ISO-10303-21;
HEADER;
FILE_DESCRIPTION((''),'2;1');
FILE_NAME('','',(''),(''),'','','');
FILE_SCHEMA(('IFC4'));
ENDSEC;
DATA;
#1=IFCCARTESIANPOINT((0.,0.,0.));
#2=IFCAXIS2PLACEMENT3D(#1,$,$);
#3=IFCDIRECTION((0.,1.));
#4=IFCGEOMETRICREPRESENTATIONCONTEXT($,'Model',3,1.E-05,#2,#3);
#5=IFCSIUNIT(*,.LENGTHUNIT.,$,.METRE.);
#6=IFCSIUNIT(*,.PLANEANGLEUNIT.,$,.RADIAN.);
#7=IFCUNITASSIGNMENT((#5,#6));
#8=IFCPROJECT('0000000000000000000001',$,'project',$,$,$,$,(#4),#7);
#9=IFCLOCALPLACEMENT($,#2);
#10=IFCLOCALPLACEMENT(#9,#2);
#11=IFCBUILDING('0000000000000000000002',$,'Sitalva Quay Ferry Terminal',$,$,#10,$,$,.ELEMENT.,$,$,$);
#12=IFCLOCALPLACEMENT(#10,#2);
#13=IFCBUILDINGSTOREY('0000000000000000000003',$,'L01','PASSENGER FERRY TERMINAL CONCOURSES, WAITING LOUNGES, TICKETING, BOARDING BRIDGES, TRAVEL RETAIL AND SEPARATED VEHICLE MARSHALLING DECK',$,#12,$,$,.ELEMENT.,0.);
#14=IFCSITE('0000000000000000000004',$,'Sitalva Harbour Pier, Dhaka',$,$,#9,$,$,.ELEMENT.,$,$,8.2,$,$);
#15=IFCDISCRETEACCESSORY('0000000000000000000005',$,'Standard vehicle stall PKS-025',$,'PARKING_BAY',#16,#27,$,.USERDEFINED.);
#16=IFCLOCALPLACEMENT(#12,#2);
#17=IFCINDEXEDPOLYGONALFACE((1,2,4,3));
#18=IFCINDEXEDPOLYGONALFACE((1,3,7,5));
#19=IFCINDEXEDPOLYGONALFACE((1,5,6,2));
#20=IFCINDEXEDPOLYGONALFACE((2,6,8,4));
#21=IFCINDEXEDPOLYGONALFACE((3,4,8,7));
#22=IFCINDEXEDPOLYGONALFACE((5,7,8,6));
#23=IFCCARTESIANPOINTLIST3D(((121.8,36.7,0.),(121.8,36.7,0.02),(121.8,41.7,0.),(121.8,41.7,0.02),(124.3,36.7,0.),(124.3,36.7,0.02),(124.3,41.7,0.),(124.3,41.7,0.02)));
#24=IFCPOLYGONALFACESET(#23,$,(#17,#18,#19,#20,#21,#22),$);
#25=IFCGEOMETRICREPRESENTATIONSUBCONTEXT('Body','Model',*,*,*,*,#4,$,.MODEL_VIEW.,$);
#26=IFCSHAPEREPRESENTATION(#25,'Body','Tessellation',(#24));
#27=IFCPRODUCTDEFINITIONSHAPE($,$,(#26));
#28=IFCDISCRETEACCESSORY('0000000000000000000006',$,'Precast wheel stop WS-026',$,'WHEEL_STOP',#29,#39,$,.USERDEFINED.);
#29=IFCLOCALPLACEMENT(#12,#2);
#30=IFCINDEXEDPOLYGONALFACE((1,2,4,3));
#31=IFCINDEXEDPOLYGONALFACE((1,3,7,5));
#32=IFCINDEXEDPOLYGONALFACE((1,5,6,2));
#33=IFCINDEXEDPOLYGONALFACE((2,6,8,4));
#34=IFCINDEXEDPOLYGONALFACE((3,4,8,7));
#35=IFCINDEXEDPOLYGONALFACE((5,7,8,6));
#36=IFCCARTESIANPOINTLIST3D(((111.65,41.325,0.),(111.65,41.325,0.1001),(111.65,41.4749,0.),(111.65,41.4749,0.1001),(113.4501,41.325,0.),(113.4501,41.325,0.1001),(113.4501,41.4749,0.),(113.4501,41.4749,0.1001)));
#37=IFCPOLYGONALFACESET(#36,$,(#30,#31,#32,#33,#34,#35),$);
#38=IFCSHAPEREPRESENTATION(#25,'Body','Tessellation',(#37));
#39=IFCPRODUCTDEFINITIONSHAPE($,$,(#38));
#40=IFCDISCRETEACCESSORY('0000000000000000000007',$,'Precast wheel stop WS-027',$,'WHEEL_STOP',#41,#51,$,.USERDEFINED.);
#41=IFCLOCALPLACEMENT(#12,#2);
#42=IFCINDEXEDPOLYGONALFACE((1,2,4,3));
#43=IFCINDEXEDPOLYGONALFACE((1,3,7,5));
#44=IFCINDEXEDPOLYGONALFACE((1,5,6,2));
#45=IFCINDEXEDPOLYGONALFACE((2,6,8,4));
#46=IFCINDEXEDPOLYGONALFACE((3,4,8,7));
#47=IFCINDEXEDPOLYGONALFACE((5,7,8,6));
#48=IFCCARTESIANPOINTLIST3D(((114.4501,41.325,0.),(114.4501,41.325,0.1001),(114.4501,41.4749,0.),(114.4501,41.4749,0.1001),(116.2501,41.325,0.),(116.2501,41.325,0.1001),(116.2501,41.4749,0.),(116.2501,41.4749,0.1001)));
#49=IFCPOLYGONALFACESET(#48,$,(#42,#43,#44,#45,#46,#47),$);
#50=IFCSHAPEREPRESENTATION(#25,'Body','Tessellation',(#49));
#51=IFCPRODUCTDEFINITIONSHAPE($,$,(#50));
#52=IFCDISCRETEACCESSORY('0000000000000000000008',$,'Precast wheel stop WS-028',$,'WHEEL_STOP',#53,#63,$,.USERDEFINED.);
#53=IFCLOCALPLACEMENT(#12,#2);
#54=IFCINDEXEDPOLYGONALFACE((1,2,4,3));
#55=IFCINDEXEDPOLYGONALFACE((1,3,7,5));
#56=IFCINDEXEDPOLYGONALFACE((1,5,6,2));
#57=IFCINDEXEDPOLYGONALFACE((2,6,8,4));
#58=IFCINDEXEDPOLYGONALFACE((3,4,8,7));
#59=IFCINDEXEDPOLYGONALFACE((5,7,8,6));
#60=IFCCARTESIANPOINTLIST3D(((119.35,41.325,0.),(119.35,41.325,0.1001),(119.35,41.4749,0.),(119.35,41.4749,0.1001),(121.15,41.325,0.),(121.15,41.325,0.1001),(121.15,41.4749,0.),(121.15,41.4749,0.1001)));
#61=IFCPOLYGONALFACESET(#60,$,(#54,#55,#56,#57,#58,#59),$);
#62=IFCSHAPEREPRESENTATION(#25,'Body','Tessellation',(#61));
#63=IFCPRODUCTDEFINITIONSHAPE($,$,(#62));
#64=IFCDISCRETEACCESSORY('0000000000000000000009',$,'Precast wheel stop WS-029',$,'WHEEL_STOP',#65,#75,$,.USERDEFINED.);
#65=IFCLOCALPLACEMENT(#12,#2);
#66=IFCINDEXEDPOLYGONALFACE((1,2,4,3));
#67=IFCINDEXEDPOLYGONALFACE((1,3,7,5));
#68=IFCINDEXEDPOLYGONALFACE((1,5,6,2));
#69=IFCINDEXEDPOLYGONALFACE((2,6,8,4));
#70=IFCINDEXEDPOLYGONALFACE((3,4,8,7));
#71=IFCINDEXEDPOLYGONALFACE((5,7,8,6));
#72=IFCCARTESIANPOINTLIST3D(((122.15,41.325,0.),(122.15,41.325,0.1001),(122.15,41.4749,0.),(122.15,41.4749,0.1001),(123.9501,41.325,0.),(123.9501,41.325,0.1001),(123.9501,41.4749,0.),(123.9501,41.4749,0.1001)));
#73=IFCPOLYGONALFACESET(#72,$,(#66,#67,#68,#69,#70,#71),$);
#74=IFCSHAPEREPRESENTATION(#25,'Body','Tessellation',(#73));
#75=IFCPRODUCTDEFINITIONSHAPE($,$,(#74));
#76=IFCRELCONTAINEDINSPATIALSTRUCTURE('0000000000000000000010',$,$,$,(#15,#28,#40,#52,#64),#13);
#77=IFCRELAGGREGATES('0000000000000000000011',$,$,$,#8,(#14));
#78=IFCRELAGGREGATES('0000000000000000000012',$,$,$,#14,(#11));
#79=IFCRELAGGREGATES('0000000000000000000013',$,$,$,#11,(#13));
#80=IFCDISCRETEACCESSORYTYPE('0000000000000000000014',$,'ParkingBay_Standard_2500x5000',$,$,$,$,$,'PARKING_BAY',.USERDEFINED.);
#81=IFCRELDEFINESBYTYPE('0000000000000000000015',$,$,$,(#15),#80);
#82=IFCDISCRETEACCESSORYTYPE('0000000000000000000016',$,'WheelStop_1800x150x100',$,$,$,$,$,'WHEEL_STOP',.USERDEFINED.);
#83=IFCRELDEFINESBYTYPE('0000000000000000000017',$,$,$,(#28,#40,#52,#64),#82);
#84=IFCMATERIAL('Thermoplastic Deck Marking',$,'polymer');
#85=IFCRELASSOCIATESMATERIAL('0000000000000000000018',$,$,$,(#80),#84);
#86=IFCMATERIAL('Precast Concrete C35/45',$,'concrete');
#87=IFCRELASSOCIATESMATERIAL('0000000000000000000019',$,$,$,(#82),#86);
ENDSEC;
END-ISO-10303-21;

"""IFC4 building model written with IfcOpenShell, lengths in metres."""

from ifc_helpers import new_model, si_unit, direction, frame, origin, origin_2d, place, context, subcontext, project, spatial, rectangle, extrude, material, type_object, element, save


model = new_model("IFC4")

# Units and contexts
model_context = context("Model", 3, precision=1e-05, world=origin(), true_north=direction((0.0, 1.0)))
body_context = subcontext(model_context, "Body", "Model", "MODEL_VIEW")
ifc_project = project(units=[si_unit("LENGTHUNIT", "METRE"), si_unit("PLANEANGLEUNIT", "RADIAN")], contexts=[model_context])

# Site, building, storey
site_placement = place(None, origin())
site = spatial("IfcSite", under=ifc_project, at=site_placement, Name="Sitalva Harbour Pier, Dhaka", CompositionType="ELEMENT", RefElevation=8.2)
building_placement = place(site_placement, origin())
building = spatial("IfcBuilding", under=site, at=building_placement, Name="Sitalva Quay Ferry Terminal", CompositionType="ELEMENT")
storey_placement = place(building_placement, origin())
storey = spatial("IfcBuildingStorey", under=building, at=storey_placement, Name="L01", Description="PASSENGER FERRY TERMINAL CONCOURSES, WAITING LOUNGES, TICKETING, BOARDING BRIDGES, TRAVEL RETAIL AND SEPARATED VEHICLE MARSHALLING DECK", CompositionType="ELEMENT", Elevation=0.0)

# Discrete accessories
ifc_material_1 = material(Name="Thermoplastic Deck Marking", Category="polymer")
discrete_accessory_type_1 = type_object("IfcDiscreteAccessoryType", Name="ParkingBay_Standard_2500x5000", ElementType="PARKING_BAY", PredefinedType="USERDEFINED", material=ifc_material_1)
for number, where, z_axis, x_axis, name in (
    (1, (123.05, 39.2, 0.0), (0.0, 0.0, 1.0), (1.0, 0.0, 0.0), "Standard vehicle stall PKS-025"),
):
    element("IfcDiscreteAccessory", number, at=place(storey_placement, frame(where, z_axis=z_axis, x_axis=x_axis)), inside=storey, type_object=discrete_accessory_type_1, Name=name, ObjectType="PARKING_BAY", PredefinedType="USERDEFINED", context=body_context, shape_type="SweptSolid", body=[
        extrude(rectangle(XDim=2.5, YDim=5.0, at=origin_2d()), origin(), (0.0, 0.0, 1.0), 0.02),
    ])
ifc_material_2 = material(Name="Precast Concrete C35/45", Category="concrete")
discrete_accessory_type_2 = type_object("IfcDiscreteAccessoryType", Name="WheelStop_1800x150x100", ElementType="WHEEL_STOP", PredefinedType="USERDEFINED", material=ifc_material_2)
for number, where, z_axis, x_axis, name in (
    (2, (112.55, 41.3999, 0.0), (0.0, 0.0, 1.0), (1.0, 0.0, 0.0), "Precast wheel stop WS-026"),
    (3, (115.3501, 41.3999, 0.0), (0.0, 0.0, 1.0), (1.0, 0.0, 0.0), "Precast wheel stop WS-027"),
    (4, (120.25, 41.3999, 0.0), (0.0, 0.0, 1.0), (1.0, 0.0, 0.0), "Precast wheel stop WS-028"),
    (5, (123.05, 41.3999, 0.0), (0.0, 0.0, 1.0), (1.0, 0.0, 0.0), "Precast wheel stop WS-029"),
):
    element("IfcDiscreteAccessory", number, at=place(storey_placement, frame(where, z_axis=z_axis, x_axis=x_axis)), inside=storey, type_object=discrete_accessory_type_2, Name=name, ObjectType="WHEEL_STOP", PredefinedType="USERDEFINED", context=body_context, shape_type="SweptSolid", body=[
        extrude(rectangle(XDim=1.8, YDim=0.1499, at=origin_2d()), origin(), (0.0, 0.0, 1.0), 0.1001),
    ])

save(model, "model.ifc")
